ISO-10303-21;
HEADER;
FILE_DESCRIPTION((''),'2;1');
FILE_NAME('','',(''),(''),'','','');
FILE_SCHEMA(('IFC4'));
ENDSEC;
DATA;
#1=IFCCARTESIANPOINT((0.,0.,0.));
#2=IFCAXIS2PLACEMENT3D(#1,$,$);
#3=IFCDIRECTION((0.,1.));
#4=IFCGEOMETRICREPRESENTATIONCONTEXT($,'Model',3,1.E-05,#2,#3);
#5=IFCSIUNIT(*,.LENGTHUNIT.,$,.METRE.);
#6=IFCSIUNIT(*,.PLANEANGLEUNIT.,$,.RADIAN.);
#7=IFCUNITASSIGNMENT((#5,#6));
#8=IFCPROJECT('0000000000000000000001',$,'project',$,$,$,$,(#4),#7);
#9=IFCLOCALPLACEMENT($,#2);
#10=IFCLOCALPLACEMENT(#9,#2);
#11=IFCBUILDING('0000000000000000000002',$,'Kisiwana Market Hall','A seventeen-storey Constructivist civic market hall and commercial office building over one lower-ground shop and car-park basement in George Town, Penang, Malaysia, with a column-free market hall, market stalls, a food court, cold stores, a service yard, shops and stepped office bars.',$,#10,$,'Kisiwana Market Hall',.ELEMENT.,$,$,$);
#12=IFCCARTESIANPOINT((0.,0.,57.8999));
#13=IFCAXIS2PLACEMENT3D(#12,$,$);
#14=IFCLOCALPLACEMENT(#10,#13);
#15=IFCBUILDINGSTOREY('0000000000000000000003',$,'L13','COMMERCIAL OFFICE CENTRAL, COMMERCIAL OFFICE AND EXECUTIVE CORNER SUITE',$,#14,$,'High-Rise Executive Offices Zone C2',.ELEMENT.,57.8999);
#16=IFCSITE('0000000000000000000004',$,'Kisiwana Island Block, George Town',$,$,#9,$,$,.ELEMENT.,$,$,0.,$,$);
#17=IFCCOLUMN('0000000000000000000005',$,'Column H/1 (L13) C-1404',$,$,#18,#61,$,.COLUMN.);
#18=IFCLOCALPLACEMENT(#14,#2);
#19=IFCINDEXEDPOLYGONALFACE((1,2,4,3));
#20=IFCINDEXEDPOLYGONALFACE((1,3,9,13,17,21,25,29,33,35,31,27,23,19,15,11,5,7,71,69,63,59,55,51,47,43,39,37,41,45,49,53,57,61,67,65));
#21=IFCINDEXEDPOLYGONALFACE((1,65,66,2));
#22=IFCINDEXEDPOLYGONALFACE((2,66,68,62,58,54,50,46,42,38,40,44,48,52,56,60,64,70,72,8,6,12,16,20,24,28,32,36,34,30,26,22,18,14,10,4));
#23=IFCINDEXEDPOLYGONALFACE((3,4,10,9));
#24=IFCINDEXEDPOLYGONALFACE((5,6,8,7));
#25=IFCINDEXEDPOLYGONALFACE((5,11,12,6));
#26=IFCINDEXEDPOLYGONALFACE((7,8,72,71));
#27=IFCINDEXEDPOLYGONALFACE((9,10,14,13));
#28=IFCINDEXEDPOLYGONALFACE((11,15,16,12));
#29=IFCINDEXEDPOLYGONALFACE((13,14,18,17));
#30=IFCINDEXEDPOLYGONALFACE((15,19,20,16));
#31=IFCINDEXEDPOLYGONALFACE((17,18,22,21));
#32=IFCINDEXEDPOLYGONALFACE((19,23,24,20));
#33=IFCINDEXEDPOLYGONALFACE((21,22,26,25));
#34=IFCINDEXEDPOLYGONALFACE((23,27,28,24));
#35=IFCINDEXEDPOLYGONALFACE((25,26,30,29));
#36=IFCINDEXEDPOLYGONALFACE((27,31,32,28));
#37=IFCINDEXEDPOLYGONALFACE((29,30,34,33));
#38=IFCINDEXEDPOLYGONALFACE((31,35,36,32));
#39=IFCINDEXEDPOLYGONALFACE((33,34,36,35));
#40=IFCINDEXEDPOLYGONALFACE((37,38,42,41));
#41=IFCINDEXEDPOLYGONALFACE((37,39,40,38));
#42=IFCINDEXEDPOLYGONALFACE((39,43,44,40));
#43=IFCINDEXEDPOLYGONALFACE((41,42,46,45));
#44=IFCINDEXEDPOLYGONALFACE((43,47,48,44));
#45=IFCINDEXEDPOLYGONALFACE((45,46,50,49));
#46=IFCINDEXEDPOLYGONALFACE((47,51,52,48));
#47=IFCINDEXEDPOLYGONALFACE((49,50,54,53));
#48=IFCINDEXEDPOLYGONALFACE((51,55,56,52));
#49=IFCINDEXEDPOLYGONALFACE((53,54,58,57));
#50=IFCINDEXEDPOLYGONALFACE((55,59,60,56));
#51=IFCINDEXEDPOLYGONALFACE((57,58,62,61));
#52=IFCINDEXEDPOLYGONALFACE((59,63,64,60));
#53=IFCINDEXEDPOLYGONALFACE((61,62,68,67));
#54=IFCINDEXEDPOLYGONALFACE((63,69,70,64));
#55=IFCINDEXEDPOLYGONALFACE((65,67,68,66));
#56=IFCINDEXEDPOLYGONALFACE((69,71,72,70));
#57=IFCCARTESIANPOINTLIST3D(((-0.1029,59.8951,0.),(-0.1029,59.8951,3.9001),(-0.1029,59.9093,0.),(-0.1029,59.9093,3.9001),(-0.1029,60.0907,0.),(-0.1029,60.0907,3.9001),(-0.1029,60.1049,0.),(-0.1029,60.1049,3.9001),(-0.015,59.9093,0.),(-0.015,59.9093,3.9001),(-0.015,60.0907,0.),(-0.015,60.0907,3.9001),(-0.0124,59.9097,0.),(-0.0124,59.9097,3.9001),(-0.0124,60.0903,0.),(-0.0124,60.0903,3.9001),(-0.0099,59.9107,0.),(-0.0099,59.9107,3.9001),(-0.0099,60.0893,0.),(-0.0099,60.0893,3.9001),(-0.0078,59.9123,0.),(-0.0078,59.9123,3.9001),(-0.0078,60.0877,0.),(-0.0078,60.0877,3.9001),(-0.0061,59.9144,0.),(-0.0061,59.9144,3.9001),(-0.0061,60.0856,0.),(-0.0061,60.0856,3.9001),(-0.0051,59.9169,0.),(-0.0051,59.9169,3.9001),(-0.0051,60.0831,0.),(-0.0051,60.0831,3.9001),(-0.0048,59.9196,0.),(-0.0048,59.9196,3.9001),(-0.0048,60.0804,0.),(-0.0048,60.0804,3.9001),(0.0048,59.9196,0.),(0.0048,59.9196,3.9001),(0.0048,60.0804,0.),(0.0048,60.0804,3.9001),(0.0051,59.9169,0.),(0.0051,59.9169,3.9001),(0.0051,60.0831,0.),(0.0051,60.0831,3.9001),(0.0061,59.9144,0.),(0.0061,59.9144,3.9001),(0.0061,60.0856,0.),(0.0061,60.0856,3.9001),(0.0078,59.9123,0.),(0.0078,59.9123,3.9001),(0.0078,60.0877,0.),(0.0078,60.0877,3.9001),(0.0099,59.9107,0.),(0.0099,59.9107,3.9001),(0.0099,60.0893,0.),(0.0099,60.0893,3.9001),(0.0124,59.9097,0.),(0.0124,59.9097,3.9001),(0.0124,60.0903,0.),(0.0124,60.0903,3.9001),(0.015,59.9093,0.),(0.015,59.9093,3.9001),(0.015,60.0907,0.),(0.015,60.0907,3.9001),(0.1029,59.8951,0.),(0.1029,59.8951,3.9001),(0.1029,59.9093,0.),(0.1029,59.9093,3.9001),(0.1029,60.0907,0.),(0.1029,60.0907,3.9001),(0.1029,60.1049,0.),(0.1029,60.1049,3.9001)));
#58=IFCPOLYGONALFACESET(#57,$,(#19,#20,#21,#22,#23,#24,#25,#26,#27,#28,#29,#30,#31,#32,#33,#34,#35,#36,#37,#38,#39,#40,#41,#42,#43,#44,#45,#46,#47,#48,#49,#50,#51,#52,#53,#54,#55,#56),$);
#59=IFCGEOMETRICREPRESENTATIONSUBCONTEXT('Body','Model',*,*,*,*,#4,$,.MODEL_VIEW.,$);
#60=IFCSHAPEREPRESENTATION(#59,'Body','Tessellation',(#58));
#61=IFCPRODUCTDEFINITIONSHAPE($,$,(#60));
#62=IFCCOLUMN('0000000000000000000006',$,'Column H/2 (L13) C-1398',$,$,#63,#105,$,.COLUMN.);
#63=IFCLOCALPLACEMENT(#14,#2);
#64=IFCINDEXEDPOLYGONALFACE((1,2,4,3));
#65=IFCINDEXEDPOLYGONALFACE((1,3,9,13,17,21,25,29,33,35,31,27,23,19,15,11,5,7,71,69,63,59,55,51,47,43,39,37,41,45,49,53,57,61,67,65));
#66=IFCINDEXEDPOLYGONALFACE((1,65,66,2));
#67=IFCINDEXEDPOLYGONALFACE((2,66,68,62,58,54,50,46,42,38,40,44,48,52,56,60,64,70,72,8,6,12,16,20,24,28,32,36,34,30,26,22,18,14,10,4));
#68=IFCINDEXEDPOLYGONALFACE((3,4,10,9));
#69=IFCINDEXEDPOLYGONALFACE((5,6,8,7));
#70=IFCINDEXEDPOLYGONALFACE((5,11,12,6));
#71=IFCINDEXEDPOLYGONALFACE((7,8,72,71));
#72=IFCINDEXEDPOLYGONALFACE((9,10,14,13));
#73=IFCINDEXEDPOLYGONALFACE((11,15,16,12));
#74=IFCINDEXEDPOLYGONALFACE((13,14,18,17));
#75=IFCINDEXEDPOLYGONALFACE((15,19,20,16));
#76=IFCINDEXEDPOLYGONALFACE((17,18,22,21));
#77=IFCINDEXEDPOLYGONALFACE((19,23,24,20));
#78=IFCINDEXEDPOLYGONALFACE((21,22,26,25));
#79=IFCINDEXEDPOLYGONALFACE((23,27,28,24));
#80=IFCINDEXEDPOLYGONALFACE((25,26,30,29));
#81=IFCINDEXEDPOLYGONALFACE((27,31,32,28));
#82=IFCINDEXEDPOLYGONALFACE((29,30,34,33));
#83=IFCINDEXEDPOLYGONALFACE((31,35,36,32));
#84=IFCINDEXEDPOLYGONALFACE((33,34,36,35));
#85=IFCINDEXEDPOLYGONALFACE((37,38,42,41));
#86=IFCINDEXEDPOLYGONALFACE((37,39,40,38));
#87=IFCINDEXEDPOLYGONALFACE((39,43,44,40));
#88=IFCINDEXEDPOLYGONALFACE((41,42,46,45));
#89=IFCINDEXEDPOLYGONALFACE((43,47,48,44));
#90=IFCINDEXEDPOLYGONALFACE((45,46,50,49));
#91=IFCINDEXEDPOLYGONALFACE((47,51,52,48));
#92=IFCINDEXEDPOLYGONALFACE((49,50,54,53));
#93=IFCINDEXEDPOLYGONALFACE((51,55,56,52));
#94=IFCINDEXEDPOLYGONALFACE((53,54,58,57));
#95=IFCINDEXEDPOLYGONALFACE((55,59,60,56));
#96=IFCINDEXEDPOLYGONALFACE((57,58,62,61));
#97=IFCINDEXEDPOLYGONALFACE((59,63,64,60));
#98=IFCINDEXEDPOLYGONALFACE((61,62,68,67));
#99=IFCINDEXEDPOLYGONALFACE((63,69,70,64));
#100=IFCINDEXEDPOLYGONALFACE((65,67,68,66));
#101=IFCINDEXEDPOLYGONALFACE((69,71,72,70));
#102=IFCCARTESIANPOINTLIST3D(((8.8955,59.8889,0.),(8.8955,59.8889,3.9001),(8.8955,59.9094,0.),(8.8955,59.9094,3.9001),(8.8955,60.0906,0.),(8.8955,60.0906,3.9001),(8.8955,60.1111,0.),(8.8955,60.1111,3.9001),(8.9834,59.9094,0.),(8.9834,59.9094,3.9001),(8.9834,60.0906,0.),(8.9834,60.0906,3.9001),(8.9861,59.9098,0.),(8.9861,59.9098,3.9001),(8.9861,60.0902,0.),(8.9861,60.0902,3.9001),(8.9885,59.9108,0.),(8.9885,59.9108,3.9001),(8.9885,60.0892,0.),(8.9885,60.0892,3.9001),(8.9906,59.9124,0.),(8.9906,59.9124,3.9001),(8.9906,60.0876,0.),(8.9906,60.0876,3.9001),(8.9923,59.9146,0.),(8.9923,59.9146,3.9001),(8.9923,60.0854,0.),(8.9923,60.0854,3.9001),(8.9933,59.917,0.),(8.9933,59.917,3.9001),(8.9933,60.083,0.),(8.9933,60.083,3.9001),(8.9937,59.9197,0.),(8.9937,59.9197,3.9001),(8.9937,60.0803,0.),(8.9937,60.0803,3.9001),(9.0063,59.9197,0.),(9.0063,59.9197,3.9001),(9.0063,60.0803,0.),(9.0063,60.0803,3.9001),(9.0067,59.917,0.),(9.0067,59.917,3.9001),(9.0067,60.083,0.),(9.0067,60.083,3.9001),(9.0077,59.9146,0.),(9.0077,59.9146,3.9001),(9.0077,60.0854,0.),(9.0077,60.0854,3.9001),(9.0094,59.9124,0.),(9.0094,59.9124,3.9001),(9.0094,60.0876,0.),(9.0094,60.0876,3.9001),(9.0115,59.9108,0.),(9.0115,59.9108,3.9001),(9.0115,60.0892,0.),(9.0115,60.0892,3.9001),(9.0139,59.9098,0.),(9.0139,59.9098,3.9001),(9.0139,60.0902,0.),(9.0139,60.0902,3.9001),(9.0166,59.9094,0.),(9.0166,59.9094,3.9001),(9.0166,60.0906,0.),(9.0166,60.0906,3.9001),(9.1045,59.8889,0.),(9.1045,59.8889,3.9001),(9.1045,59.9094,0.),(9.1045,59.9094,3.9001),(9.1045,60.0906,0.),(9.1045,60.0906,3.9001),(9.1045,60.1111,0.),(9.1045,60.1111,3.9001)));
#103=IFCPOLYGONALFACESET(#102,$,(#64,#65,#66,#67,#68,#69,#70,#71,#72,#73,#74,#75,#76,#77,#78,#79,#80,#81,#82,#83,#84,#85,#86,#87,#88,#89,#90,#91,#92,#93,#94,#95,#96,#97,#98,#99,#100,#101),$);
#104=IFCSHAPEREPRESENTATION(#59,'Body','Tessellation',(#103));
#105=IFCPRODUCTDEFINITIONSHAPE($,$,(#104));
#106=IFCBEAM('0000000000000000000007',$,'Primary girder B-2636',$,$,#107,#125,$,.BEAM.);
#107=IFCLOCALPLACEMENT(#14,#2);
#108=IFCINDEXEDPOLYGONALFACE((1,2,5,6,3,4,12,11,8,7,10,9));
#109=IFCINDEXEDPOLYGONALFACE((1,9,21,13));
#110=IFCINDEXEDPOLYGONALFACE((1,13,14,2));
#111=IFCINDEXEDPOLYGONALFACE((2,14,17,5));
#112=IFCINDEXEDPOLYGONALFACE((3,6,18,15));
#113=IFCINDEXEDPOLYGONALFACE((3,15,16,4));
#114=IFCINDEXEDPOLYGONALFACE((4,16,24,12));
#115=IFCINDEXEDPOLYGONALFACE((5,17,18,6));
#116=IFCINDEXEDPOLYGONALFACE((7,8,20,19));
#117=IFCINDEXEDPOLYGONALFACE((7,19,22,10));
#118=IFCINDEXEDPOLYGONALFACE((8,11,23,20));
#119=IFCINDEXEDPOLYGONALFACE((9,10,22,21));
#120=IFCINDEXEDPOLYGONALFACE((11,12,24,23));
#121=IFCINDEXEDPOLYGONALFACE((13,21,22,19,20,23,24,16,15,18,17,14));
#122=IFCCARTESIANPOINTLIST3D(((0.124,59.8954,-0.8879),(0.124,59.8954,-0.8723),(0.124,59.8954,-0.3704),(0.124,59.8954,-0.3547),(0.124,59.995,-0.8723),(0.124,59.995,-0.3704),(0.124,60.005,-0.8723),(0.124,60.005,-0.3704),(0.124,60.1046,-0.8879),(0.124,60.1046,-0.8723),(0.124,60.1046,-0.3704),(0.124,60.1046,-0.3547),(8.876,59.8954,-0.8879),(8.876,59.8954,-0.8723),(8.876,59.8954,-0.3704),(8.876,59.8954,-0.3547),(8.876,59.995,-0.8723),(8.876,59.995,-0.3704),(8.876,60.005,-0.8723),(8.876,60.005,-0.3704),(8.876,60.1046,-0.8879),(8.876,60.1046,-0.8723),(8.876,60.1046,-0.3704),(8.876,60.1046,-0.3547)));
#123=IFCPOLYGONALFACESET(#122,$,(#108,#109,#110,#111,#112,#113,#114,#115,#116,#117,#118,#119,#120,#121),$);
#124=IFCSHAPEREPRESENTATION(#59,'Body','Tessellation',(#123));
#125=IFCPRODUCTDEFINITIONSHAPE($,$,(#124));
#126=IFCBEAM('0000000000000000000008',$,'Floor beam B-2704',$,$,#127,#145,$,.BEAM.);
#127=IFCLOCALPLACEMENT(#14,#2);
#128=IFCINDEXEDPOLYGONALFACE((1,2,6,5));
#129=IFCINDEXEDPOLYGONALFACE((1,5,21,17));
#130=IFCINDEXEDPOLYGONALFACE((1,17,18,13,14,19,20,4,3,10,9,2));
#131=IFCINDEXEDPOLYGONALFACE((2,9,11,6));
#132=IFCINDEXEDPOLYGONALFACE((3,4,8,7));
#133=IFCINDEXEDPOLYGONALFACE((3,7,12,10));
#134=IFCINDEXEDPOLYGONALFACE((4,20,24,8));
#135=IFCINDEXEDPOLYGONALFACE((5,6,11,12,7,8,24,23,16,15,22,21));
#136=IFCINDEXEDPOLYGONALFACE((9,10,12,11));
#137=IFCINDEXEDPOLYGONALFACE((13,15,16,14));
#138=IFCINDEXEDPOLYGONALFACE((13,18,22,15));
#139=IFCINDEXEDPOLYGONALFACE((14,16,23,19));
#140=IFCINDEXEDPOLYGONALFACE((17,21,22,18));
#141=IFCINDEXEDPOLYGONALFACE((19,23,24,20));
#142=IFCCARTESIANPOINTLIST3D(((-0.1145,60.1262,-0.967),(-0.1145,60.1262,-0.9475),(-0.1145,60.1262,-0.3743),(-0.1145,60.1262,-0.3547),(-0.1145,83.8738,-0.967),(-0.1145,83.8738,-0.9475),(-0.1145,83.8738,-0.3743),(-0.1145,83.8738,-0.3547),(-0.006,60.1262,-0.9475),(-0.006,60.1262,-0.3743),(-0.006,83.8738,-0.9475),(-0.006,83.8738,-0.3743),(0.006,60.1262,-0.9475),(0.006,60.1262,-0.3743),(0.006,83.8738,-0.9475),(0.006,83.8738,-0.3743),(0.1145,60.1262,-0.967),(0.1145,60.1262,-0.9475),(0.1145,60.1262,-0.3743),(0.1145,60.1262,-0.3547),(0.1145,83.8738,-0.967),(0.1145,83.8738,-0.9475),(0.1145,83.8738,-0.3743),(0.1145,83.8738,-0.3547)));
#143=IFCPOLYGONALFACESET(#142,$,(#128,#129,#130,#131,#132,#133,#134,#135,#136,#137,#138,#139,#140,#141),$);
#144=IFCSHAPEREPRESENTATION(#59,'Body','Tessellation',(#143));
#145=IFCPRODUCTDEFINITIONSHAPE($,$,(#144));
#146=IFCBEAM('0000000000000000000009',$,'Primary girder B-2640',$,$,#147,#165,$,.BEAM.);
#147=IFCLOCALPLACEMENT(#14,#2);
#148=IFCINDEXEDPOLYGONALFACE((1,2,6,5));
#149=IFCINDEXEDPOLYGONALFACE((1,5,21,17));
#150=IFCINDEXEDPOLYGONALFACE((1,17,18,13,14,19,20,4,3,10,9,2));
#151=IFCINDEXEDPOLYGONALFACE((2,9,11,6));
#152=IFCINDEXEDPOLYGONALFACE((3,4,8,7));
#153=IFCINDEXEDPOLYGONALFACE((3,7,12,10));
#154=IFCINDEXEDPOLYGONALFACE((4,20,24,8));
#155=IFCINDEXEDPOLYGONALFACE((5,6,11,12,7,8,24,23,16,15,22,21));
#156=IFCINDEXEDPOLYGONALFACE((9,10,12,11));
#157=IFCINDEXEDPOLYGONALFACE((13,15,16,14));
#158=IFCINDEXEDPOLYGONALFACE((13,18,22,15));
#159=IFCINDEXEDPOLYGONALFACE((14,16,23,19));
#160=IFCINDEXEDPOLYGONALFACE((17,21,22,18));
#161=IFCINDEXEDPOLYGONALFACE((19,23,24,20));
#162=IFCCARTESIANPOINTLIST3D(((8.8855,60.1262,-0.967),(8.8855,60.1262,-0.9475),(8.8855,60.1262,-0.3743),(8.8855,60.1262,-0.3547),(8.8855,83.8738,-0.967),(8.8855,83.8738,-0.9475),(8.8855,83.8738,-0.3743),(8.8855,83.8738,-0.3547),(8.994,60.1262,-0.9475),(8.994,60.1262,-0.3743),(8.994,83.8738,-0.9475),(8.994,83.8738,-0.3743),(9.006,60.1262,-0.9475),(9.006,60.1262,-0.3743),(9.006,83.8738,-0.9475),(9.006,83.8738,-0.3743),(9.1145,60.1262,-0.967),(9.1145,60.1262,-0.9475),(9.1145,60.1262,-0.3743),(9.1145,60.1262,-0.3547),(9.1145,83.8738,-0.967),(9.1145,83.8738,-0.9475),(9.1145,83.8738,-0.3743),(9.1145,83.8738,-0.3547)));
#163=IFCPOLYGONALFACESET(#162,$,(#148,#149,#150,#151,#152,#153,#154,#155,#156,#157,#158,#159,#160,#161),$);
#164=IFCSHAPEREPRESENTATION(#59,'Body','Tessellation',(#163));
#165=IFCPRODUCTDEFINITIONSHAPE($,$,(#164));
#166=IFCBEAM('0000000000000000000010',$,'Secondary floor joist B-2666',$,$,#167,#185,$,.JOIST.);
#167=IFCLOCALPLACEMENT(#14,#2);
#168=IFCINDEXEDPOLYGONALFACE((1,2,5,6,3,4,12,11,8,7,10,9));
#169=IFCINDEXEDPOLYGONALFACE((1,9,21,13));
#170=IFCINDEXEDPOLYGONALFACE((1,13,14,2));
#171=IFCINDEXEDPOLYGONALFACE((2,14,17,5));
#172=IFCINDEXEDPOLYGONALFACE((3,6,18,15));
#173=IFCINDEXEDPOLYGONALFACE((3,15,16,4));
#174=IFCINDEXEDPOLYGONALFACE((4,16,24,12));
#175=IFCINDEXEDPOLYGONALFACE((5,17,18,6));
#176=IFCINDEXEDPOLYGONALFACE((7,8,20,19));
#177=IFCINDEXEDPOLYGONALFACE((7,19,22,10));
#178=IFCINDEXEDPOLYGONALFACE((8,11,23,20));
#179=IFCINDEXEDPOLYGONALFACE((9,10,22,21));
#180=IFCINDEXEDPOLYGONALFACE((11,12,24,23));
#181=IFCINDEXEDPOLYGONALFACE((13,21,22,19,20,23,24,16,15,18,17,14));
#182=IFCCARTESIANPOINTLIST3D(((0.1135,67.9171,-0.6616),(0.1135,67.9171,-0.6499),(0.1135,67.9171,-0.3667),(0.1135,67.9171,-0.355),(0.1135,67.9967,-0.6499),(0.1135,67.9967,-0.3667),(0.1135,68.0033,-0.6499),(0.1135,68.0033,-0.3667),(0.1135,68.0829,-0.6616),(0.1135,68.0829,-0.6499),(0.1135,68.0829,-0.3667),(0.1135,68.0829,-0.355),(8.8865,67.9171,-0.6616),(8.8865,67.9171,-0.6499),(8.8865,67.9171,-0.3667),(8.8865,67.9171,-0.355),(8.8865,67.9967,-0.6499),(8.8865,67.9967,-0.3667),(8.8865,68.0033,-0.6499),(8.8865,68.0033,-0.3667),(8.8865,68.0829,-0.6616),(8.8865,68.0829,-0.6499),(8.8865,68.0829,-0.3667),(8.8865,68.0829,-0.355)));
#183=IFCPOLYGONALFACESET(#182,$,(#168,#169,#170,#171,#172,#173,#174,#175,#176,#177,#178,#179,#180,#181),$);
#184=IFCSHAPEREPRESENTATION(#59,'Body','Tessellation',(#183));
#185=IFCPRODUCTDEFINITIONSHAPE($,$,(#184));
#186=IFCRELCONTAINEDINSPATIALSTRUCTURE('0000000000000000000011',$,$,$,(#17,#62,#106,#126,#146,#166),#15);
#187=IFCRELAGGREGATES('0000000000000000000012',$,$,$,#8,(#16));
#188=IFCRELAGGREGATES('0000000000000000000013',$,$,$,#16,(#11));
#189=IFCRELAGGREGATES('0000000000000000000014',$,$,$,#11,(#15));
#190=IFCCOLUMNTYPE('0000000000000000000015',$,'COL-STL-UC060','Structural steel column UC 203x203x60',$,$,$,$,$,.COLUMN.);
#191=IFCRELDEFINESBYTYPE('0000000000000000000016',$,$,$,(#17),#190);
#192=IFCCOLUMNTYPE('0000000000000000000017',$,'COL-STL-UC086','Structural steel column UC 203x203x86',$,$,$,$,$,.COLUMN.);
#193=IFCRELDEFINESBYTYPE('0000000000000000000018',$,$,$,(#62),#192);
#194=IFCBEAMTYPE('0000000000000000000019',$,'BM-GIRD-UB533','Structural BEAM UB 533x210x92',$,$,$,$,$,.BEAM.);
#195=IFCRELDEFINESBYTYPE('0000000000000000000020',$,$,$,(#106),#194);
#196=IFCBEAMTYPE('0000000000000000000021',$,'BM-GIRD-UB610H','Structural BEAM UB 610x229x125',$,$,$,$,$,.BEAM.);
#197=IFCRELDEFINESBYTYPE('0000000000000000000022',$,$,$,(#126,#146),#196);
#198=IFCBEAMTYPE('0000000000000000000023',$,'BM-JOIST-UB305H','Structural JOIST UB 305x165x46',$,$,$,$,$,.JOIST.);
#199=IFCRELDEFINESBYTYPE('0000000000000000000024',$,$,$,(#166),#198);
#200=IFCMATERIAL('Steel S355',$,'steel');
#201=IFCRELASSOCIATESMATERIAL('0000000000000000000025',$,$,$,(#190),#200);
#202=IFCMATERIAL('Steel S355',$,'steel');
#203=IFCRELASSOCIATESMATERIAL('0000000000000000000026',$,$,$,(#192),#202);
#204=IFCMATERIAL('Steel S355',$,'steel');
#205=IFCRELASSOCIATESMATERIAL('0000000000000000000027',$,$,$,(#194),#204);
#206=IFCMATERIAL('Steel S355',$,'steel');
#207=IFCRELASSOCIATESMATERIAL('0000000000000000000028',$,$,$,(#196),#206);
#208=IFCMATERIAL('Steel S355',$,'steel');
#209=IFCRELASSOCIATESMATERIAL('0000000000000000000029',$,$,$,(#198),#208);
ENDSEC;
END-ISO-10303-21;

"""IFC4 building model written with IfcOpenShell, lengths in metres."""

from ifc_helpers import new_model, si_unit, direction, frame, origin, origin_2d, place, context, subcontext, project, spatial, i_section, extrude, material, material_profile, profile_set, type_object, element, save


model = new_model("IFC4")

# Units and contexts
model_context = context("Model", 3, precision=1e-05, world=origin(), true_north=direction((0.0, 1.0)))
body_context = subcontext(model_context, "Body", "Model", "MODEL_VIEW")
ifc_project = project(units=[si_unit("LENGTHUNIT", "METRE"), si_unit("PLANEANGLEUNIT", "RADIAN")], contexts=[model_context])

# Site, building, storey
site_placement = place(None, origin())
site = spatial("IfcSite", under=ifc_project, at=site_placement, Name="Kisiwana Island Block, George Town", CompositionType="ELEMENT", RefElevation=0.0)
building_placement = place(site_placement, origin())
building = spatial("IfcBuilding", under=site, at=building_placement, Name="Kisiwana Market Hall", Description="A seventeen-storey Constructivist civic market hall and commercial office building over one lower-ground shop and car-park basement in George Town, Penang, Malaysia, with a column-free market hall, market stalls, a food court, cold stores, a service yard, shops and stepped office bars.", LongName="Kisiwana Market Hall", CompositionType="ELEMENT")
storey_placement = place(building_placement, frame((0.0, 0.0, 57.8999)))
storey = spatial("IfcBuildingStorey", under=building, at=storey_placement, Name="L13", Description="COMMERCIAL OFFICE CENTRAL, COMMERCIAL OFFICE AND EXECUTIVE CORNER SUITE", LongName="High-Rise Executive Offices Zone C2", CompositionType="ELEMENT", Elevation=57.8999)

# Columns
ifc_material_1 = material(Name="Steel S355", Category="steel")
ifc_material_profile_1 = material_profile(ifc_material_1, i_section(OverallWidth=0.2058, OverallDepth=0.2097, WebThickness=0.0095, FlangeThickness=0.0142, FilletRadius=0.0103, at=origin_2d()), Name="UC 203x203x60")
ifc_profile_set_1 = profile_set([ifc_material_profile_1], Name="Steel S355")
column_type_1 = type_object("IfcColumnType", Name="COL-STL-UC060", Description="Structural steel column UC 203x203x60", PredefinedType="COLUMN", material=ifc_profile_set_1)
column_1_placement = place(storey_placement, frame((0.0, 60.0, 0.0), z_axis=(0.0, 0.0, 1.0), x_axis=(1.0, 0.0, 0.0)))
element("IfcColumn", 1, at=column_1_placement, inside=storey, type_object=column_type_1, Name="Column H/1 (L13) C-1404", PredefinedType="COLUMN", context=body_context, shape_type="SweptSolid", body=[
    extrude(i_section(OverallWidth=0.2058, OverallDepth=0.2097, WebThickness=0.0095, FlangeThickness=0.0142, FilletRadius=0.0103, at=origin_2d()), origin(), (0.0, 0.0, 1.0), 3.9001),
])
ifc_material_2 = material(Name="Steel S355", Category="steel")
ifc_material_profile_2 = material_profile(ifc_material_2, i_section(OverallWidth=0.209, OverallDepth=0.2222, WebThickness=0.0127, FlangeThickness=0.0205, FilletRadius=0.0103, at=origin_2d()), Name="UC 203x203x86")
ifc_profile_set_2 = profile_set([ifc_material_profile_2], Name="Steel S355")
column_type_2 = type_object("IfcColumnType", Name="COL-STL-UC086", Description="Structural steel column UC 203x203x86", PredefinedType="COLUMN", material=ifc_profile_set_2)
column_2_placement = place(storey_placement, frame((9.0, 60.0, 0.0), z_axis=(0.0, 0.0, 1.0), x_axis=(1.0, 0.0, 0.0)))
element("IfcColumn", 2, at=column_2_placement, inside=storey, type_object=column_type_2, Name="Column H/2 (L13) C-1398", PredefinedType="COLUMN", context=body_context, shape_type="SweptSolid", body=[
    extrude(i_section(OverallWidth=0.209, OverallDepth=0.2222, WebThickness=0.0127, FlangeThickness=0.0205, FilletRadius=0.0103, at=origin_2d()), origin(), (0.0, 0.0, 1.0), 3.9001),
])

# Beams
ifc_material_3 = material(Name="Steel S355", Category="steel")
ifc_material_profile_3 = material_profile(ifc_material_3, i_section(OverallWidth=0.2092, OverallDepth=0.5332, WebThickness=0.01, FlangeThickness=0.0156, at=origin_2d()), Name="UB 533x210x92")
ifc_profile_set_3 = profile_set([ifc_material_profile_3], Name="Steel S355")
beam_type_1 = type_object("IfcBeamType", Name="BM-GIRD-UB533", Description="Structural BEAM UB 533x210x92", PredefinedType="BEAM", material=ifc_profile_set_3)
beam_placement = place(storey_placement, frame((0.124, 60.0, -0.6213), z_axis=(1.0, 0.0, 0.0), x_axis=(0.0, 1.0, 0.0)))
element("IfcBeam", 3, at=beam_placement, inside=storey, type_object=beam_type_1, Name="Primary girder B-2636", PredefinedType="BEAM", context=body_context, shape_type="SweptSolid", body=[
    extrude(i_section(OverallWidth=0.2092, OverallDepth=0.5332, WebThickness=0.01, FlangeThickness=0.0156, at=origin_2d()), origin(), (0.0, 0.0, 1.0), 8.752),
])
ifc_material_4 = material(Name="Steel S355", Category="steel")
ifc_material_profile_4 = material_profile(ifc_material_4, i_section(OverallWidth=0.229, OverallDepth=0.6123, WebThickness=0.012, FlangeThickness=0.0195, at=origin_2d()), Name="UB 610x229x125")
ifc_profile_set_4 = profile_set([ifc_material_profile_4], Name="Steel S355")
beam_type_2 = type_object("IfcBeamType", Name="BM-GIRD-UB610H", Description="Structural BEAM UB 610x229x125", PredefinedType="BEAM", material=ifc_profile_set_4)
for number, where, z_axis, x_axis, name in (
    (4, (0.0, 60.1262, -0.6609), (0.0, 1.0, 0.0), (-1.0, 0.0, 0.0), "Floor beam B-2704"),
    (5, (9.0, 60.1262, -0.6609), (0.0, 1.0, 0.0), (-1.0, 0.0, 0.0), "Primary girder B-2640"),
):
    element("IfcBeam", number, at=place(storey_placement, frame(where, z_axis=z_axis, x_axis=x_axis)), inside=storey, type_object=beam_type_2, Name=name, PredefinedType="BEAM", context=body_context, shape_type="SweptSolid", body=[
        extrude(i_section(OverallWidth=0.229, OverallDepth=0.6123, WebThickness=0.012, FlangeThickness=0.0195, at=origin_2d()), origin(), (0.0, 0.0, 1.0), 23.7476),
    ])
ifc_material_5 = material(Name="Steel S355", Category="steel")
ifc_material_profile_5 = material_profile(ifc_material_5, i_section(OverallWidth=0.1658, OverallDepth=0.3066, WebThickness=0.0066, FlangeThickness=0.0117, at=origin_2d()), Name="UB 305x165x46")
ifc_profile_set_5 = profile_set([ifc_material_profile_5], Name="Steel S355")
beam_type_3 = type_object("IfcBeamType", Name="BM-JOIST-UB305H", Description="Structural JOIST UB 305x165x46", PredefinedType="JOIST", material=ifc_profile_set_5)
for number, where, z_axis, x_axis, name in (
    (6, (0.1135, 68.0, -0.5083), (1.0, 0.0, 0.0), (0.0, 1.0, 0.0), "Secondary floor joist B-2666"),
):
    element("IfcBeam", number, at=place(storey_placement, frame(where, z_axis=z_axis, x_axis=x_axis)), inside=storey, type_object=beam_type_3, Name=name, PredefinedType="JOIST", context=body_context, shape_type="SweptSolid", body=[
        extrude(i_section(OverallWidth=0.1658, OverallDepth=0.3066, WebThickness=0.0066, FlangeThickness=0.0117, at=origin_2d()), origin(), (0.0, 0.0, 1.0), 8.7729),
    ])

save(model, "model.ifc")
